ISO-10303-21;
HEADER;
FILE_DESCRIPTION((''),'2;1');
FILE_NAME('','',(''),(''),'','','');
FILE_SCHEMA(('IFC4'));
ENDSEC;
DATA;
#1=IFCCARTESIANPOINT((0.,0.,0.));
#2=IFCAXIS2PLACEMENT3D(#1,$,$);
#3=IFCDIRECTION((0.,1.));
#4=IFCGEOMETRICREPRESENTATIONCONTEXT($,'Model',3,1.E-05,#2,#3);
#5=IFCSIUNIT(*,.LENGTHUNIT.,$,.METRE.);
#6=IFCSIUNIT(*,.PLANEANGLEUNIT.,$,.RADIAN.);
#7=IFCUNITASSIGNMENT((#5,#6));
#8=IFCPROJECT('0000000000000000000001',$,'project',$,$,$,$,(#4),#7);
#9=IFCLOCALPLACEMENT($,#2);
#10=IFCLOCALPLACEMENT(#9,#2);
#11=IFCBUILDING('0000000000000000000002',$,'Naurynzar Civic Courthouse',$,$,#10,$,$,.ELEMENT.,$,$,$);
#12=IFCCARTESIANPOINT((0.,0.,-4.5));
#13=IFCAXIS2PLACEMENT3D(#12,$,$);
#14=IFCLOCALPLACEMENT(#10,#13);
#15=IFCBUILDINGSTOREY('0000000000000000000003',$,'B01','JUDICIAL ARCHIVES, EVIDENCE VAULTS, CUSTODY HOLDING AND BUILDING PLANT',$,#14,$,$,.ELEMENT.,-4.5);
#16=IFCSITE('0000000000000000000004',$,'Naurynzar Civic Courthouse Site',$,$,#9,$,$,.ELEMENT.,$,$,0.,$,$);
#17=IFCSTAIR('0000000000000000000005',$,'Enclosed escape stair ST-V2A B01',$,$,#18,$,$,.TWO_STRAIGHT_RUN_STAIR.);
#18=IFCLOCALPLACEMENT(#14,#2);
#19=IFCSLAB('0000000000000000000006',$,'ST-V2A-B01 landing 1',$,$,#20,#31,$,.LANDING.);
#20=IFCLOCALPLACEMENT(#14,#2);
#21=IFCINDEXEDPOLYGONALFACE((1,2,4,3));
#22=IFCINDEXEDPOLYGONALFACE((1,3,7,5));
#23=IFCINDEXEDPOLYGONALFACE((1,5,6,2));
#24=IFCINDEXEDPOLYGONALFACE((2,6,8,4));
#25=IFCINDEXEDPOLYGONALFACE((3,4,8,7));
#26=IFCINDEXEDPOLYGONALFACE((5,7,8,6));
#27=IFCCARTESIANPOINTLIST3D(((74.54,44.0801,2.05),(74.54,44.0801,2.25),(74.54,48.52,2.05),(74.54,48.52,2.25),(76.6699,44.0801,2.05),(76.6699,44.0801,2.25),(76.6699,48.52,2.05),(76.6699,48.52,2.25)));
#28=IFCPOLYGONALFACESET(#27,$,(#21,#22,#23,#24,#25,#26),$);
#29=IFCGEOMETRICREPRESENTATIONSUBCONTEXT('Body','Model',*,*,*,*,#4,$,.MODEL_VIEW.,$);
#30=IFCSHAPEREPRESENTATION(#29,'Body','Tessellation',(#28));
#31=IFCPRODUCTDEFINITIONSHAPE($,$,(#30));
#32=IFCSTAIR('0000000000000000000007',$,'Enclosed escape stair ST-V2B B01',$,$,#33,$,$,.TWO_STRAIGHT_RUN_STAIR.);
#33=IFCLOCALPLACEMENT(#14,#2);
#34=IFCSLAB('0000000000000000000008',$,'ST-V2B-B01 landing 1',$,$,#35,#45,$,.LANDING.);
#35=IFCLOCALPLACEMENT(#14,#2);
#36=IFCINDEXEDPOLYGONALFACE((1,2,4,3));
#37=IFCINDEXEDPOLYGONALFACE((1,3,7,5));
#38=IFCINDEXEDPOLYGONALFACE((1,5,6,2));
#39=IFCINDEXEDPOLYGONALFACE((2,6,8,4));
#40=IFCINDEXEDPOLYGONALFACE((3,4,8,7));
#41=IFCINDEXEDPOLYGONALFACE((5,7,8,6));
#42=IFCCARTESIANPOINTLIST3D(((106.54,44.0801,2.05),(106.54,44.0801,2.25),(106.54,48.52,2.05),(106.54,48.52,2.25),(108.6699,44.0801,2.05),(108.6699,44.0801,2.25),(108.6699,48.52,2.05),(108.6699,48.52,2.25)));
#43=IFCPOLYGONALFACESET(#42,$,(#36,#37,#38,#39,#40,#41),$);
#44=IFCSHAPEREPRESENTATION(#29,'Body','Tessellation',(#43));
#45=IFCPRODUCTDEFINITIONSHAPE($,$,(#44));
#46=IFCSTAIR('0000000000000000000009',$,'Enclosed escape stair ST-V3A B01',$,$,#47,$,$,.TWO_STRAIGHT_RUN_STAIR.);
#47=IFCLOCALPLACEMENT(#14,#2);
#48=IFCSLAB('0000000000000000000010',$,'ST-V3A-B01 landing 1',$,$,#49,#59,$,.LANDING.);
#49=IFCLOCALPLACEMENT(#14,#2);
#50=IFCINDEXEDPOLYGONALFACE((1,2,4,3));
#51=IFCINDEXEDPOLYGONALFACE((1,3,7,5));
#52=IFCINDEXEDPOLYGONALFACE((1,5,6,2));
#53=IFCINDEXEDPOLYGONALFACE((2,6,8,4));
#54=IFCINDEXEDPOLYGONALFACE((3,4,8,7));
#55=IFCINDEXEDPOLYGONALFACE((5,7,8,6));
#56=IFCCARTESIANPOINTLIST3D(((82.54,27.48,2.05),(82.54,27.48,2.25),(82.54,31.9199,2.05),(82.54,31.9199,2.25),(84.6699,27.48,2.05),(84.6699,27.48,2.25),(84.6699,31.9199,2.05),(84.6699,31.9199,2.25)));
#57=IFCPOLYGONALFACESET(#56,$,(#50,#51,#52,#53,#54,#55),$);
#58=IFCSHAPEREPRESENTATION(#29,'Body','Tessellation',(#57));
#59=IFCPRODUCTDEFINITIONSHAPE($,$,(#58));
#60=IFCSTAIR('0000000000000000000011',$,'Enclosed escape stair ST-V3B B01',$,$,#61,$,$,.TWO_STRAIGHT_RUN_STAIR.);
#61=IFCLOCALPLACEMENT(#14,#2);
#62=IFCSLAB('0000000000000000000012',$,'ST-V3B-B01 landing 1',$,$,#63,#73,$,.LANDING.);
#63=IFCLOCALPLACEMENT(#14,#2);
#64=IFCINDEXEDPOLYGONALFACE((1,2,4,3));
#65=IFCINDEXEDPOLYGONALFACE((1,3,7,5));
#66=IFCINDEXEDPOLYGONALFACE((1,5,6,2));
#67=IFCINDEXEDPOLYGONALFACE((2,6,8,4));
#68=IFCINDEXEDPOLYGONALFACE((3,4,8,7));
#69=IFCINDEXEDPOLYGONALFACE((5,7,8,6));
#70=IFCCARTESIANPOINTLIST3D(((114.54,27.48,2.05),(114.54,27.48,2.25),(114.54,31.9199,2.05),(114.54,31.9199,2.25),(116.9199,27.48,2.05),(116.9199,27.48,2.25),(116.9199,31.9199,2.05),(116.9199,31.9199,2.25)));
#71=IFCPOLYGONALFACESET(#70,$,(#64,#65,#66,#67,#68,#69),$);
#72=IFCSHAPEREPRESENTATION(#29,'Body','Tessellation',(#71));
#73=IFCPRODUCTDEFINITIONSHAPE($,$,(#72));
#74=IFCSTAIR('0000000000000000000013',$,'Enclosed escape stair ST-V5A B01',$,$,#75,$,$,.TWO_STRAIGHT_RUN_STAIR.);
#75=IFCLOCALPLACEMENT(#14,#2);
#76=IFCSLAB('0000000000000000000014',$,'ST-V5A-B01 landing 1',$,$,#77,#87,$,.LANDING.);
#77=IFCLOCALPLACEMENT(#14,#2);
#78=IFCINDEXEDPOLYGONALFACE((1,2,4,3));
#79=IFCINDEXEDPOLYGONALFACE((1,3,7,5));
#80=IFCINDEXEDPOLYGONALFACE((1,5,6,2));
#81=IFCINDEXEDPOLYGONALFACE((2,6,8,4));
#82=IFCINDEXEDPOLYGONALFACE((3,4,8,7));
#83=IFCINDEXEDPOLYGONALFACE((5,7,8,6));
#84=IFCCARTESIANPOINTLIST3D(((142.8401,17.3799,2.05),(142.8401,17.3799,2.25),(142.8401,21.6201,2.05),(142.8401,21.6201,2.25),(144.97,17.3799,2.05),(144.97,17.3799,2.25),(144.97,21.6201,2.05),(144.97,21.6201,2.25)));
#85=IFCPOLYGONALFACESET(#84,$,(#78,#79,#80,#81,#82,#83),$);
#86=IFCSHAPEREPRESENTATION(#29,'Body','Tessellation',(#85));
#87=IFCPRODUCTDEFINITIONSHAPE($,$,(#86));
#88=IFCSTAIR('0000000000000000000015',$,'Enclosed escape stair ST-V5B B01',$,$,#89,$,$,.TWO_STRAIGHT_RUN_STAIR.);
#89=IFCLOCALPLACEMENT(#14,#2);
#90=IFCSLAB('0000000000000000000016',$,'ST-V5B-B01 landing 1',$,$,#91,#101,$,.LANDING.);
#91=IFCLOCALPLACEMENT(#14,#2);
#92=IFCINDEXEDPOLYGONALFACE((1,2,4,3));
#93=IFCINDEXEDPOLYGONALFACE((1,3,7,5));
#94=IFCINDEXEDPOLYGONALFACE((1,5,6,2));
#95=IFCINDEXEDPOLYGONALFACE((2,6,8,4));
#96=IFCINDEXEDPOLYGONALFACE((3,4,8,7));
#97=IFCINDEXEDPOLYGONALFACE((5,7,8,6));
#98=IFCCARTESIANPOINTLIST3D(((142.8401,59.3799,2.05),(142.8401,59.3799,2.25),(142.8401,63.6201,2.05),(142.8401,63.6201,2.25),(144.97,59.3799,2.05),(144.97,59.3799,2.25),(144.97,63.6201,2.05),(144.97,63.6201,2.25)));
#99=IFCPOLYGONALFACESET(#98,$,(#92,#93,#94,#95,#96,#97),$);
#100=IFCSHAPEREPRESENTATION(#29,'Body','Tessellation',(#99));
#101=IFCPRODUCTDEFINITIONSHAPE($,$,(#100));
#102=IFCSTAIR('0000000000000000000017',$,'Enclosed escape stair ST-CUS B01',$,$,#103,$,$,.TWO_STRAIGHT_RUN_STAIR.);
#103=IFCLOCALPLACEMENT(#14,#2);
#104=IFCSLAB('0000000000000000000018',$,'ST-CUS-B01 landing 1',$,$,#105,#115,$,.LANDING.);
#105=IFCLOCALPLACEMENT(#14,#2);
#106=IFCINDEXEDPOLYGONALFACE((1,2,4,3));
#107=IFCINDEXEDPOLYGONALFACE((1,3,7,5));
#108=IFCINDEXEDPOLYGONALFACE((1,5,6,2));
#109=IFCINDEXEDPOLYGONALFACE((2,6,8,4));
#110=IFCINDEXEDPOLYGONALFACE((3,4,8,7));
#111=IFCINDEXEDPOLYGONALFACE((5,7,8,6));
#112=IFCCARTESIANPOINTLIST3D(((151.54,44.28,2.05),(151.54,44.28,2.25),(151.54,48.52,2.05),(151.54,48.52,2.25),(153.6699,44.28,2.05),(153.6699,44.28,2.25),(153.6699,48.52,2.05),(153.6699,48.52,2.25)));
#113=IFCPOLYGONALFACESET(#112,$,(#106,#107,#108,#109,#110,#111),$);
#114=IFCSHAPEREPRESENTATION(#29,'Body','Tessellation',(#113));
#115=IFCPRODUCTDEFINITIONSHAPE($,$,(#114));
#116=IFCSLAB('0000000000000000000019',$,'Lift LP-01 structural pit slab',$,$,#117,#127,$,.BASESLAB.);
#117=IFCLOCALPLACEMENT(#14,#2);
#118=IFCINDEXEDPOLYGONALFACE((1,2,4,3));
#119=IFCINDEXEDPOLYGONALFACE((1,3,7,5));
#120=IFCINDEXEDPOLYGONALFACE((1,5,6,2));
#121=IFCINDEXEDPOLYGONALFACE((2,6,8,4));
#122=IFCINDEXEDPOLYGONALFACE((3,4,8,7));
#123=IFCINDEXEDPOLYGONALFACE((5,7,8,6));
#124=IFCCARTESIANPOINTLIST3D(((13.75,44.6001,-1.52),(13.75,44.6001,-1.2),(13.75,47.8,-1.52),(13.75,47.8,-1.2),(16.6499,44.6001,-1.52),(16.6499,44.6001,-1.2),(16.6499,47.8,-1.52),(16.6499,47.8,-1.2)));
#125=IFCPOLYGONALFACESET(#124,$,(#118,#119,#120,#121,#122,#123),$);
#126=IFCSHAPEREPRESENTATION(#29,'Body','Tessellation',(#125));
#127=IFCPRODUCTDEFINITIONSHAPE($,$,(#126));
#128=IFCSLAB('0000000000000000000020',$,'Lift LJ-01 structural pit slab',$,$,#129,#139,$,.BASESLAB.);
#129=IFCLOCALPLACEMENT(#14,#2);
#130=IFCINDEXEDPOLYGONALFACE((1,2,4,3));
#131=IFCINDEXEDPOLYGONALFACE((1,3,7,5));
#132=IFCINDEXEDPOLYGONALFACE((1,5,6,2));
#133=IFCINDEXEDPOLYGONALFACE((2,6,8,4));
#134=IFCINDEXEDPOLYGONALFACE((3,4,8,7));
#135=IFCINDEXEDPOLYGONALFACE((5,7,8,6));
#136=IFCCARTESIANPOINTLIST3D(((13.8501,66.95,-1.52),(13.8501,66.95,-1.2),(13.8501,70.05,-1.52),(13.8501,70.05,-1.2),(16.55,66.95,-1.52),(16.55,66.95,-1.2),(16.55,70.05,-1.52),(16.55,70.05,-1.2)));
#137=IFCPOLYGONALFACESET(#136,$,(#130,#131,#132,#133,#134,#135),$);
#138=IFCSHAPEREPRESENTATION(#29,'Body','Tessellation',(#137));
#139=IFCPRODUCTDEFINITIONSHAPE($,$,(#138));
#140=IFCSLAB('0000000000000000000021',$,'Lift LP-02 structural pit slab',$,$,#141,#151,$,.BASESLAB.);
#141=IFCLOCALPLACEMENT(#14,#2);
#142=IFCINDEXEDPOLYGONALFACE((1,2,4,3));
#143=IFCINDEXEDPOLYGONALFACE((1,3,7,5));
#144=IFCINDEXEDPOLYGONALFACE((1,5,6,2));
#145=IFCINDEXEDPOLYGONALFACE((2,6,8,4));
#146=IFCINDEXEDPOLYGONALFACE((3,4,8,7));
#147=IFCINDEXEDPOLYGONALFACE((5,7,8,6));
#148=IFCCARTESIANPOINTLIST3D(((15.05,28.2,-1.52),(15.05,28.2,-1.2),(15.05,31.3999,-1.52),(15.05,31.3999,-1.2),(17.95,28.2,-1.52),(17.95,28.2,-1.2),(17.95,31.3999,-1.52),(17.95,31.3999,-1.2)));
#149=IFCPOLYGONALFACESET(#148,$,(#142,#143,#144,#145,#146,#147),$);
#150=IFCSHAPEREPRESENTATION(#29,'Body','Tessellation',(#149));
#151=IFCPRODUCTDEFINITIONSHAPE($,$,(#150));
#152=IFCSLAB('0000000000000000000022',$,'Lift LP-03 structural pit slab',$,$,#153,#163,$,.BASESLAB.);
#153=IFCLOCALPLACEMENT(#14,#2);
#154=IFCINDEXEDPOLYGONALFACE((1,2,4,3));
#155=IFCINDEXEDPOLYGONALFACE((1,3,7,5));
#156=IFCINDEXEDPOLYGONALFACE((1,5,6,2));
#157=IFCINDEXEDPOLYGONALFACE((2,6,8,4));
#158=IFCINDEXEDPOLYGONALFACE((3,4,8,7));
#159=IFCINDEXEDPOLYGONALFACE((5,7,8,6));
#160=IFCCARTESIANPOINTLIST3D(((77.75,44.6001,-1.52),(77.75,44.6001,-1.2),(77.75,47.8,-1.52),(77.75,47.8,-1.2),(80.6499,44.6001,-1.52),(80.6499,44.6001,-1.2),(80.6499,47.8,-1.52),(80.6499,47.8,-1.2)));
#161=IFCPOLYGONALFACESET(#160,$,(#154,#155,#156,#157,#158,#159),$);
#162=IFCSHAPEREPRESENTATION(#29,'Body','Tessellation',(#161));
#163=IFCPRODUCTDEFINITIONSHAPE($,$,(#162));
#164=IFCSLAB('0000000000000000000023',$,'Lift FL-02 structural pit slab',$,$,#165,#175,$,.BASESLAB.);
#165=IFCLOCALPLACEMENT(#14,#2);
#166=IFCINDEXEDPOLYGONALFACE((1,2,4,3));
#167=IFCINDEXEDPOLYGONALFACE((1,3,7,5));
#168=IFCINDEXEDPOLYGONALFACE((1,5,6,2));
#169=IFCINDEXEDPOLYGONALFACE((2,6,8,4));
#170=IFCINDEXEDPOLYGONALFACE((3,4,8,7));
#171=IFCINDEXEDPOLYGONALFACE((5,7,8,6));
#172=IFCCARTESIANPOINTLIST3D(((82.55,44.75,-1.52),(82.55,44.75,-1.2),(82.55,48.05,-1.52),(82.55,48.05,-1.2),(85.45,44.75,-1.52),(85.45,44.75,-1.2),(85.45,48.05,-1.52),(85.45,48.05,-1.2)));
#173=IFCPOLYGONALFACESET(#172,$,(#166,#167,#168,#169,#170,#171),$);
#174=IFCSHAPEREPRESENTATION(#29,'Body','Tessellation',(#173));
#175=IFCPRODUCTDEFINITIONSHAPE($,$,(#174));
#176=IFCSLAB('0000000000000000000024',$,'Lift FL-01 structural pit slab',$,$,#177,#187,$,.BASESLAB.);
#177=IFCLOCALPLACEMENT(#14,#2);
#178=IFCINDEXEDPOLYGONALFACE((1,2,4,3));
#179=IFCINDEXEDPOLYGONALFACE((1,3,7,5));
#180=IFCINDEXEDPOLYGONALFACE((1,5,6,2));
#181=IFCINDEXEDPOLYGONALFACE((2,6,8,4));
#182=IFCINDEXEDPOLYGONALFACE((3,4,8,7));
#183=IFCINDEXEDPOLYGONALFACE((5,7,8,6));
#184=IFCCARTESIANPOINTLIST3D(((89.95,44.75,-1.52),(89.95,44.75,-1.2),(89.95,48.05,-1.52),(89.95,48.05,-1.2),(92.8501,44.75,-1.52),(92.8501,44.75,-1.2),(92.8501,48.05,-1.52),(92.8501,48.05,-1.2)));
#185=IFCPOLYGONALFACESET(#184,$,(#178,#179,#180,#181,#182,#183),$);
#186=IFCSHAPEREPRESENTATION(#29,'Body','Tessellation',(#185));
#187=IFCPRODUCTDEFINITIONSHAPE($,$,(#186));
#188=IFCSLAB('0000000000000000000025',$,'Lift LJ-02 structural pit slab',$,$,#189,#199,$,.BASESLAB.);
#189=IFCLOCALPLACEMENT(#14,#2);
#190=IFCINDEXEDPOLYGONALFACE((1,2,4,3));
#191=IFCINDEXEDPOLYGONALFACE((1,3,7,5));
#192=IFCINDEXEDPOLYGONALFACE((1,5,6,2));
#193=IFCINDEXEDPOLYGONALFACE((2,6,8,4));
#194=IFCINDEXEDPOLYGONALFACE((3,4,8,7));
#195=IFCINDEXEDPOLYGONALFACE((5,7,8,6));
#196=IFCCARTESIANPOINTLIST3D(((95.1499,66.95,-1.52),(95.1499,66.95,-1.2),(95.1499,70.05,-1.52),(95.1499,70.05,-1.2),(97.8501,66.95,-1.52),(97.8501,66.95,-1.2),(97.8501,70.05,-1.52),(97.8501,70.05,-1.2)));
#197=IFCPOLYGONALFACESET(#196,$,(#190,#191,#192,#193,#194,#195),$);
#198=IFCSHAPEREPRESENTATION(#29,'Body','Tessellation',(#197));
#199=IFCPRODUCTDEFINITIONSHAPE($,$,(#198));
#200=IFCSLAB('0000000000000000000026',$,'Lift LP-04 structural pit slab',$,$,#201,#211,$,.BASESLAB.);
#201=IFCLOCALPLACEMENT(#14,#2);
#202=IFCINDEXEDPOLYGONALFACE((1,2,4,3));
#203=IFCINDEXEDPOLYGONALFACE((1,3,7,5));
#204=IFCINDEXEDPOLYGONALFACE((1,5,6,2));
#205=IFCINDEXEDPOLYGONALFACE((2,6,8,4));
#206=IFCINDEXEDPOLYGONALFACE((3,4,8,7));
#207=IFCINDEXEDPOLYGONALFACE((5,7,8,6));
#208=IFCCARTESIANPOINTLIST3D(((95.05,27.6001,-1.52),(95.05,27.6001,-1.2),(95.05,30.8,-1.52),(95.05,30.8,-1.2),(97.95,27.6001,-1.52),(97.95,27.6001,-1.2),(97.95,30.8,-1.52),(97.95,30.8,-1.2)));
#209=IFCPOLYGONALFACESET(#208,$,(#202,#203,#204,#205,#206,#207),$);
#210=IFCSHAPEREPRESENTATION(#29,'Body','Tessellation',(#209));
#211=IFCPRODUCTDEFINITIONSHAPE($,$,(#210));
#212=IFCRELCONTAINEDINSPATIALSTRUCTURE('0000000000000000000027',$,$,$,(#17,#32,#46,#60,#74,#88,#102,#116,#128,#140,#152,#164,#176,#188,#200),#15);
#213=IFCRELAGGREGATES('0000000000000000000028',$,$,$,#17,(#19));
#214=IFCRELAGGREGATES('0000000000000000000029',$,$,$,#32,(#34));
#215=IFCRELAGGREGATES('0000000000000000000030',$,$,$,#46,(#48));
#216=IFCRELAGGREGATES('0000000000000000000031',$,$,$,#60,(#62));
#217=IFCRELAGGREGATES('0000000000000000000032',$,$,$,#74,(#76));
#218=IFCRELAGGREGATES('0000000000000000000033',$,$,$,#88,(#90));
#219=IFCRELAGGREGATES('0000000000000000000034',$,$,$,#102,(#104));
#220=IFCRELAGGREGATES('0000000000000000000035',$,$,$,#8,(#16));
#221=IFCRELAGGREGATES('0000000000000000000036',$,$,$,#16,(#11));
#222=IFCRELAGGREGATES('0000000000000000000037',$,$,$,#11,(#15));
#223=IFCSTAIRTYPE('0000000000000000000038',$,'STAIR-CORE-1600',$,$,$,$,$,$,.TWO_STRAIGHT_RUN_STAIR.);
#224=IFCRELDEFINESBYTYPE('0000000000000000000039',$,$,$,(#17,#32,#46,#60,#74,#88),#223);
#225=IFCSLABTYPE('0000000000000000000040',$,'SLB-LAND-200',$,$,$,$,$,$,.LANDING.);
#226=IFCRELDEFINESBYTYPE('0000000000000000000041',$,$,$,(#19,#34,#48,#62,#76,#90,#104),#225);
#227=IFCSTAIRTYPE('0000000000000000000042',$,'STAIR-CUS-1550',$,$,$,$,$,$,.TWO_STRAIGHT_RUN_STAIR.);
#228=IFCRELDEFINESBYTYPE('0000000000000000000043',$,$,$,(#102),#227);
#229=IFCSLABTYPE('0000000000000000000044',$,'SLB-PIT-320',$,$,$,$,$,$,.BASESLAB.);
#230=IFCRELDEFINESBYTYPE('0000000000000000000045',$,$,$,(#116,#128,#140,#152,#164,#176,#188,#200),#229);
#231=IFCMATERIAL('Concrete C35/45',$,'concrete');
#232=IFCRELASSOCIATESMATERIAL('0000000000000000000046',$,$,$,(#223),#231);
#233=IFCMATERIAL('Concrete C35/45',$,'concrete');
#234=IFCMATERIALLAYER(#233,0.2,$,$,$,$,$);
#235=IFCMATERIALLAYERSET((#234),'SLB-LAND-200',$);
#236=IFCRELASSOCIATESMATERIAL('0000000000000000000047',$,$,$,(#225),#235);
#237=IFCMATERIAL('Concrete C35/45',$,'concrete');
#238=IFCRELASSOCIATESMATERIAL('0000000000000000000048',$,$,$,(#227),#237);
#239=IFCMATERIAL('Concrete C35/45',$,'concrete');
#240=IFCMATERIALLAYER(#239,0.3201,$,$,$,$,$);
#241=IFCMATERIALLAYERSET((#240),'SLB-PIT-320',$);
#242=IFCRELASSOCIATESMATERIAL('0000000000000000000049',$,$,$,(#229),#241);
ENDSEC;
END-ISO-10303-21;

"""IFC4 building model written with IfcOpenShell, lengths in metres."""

from ifc_helpers import new_model, si_unit, direction, frame, origin, place, context, subcontext, project, spatial, polyline, outline, extrude, material, layer, layer_set, type_object, element, aggregate, save


model = new_model("IFC4")

# Units and contexts
model_context = context("Model", 3, precision=1e-05, world=origin(), true_north=direction((0.0, 1.0)))
body_context = subcontext(model_context, "Body", "Model", "MODEL_VIEW")
ifc_project = project(units=[si_unit("LENGTHUNIT", "METRE"), si_unit("PLANEANGLEUNIT", "RADIAN")], contexts=[model_context])

# Site, building, storey
site_placement = place(None, origin())
site = spatial("IfcSite", under=ifc_project, at=site_placement, Name="Naurynzar Civic Courthouse Site", CompositionType="ELEMENT", RefElevation=0.0)
building_placement = place(site_placement, origin())
building = spatial("IfcBuilding", under=site, at=building_placement, Name="Naurynzar Civic Courthouse", CompositionType="ELEMENT")
storey_placement = place(building_placement, frame((0.0, 0.0, -4.5)))
storey = spatial("IfcBuildingStorey", under=building, at=storey_placement, Name="B01", Description="JUDICIAL ARCHIVES, EVIDENCE VAULTS, CUSTODY HOLDING AND BUILDING PLANT", CompositionType="ELEMENT", Elevation=-4.5)

# Stairs, slabs
ifc_material_1 = material(Name="Concrete C35/45", Category="concrete")
stair_type_1 = type_object("IfcStairType", Name="STAIR-CORE-1600", PredefinedType="TWO_STRAIGHT_RUN_STAIR", material=ifc_material_1)
ifc_material_2 = material(Name="Concrete C35/45", Category="concrete")
ifc_layer_1 = layer(ifc_material_2, 0.2)
ifc_layer_set_1 = layer_set([ifc_layer_1], Name="SLB-LAND-200")
slab_type_1 = type_object("IfcSlabType", Name="SLB-LAND-200", PredefinedType="LANDING", material=ifc_layer_set_1)
stair_1_placement = place(storey_placement, origin())
stair_1 = element("IfcStair", 1, at=stair_1_placement, inside=storey, type_object=stair_type_1, Name="Enclosed escape stair ST-V2A B01", PredefinedType="TWO_STRAIGHT_RUN_STAIR")
slab_1_placement = place(storey_placement, frame((0.0, 0.0, 2.05)))
slab_1 = element("IfcSlab", 2, at=slab_1_placement, type_object=slab_type_1, Name="ST-V2A-B01 landing 1", PredefinedType="LANDING", context=body_context, shape_type="SweptSolid", body=[
    extrude(outline(polyline([(74.54, 44.0801), (76.6699, 44.0801), (76.6699, 48.52), (74.54, 48.52), (74.54, 44.0801)])), origin(), (0.0, 0.0, 1.0), 0.2),
])
aggregate(stair_1, [slab_1])
stair_2_placement = place(storey_placement, origin())
stair_2 = element("IfcStair", 3, at=stair_2_placement, inside=storey, type_object=stair_type_1, Name="Enclosed escape stair ST-V2B B01", PredefinedType="TWO_STRAIGHT_RUN_STAIR")
slab_2_placement = place(storey_placement, frame((0.0, 0.0, 2.05)))
slab_2 = element("IfcSlab", 4, at=slab_2_placement, type_object=slab_type_1, Name="ST-V2B-B01 landing 1", PredefinedType="LANDING", context=body_context, shape_type="SweptSolid", body=[
    extrude(outline(polyline([(106.54, 44.0801), (108.6699, 44.0801), (108.6699, 48.52), (106.54, 48.52), (106.54, 44.0801)])), origin(), (0.0, 0.0, 1.0), 0.2),
])
aggregate(stair_2, [slab_2])
stair_3_placement = place(storey_placement, origin())
stair_3 = element("IfcStair", 5, at=stair_3_placement, inside=storey, type_object=stair_type_1, Name="Enclosed escape stair ST-V3A B01", PredefinedType="TWO_STRAIGHT_RUN_STAIR")
slab_3_placement = place(storey_placement, frame((0.0, 0.0, 2.05)))
slab_3 = element("IfcSlab", 6, at=slab_3_placement, type_object=slab_type_1, Name="ST-V3A-B01 landing 1", PredefinedType="LANDING", context=body_context, shape_type="SweptSolid", body=[
    extrude(outline(polyline([(82.54, 27.48), (84.6699, 27.48), (84.6699, 31.9199), (82.54, 31.9199), (82.54, 27.48)])), origin(), (0.0, 0.0, 1.0), 0.2),
])
aggregate(stair_3, [slab_3])
stair_4_placement = place(storey_placement, origin())
stair_4 = element("IfcStair", 7, at=stair_4_placement, inside=storey, type_object=stair_type_1, Name="Enclosed escape stair ST-V3B B01", PredefinedType="TWO_STRAIGHT_RUN_STAIR")
slab_4_placement = place(storey_placement, frame((0.0, 0.0, 2.05)))
slab_4 = element("IfcSlab", 8, at=slab_4_placement, type_object=slab_type_1, Name="ST-V3B-B01 landing 1", PredefinedType="LANDING", context=body_context, shape_type="SweptSolid", body=[
    extrude(outline(polyline([(114.54, 27.48), (116.9199, 27.48), (116.9199, 31.9199), (114.54, 31.9199), (114.54, 27.48)])), origin(), (0.0, 0.0, 1.0), 0.2),
])
aggregate(stair_4, [slab_4])
stair_5_placement = place(storey_placement, origin())
stair_5 = element("IfcStair", 9, at=stair_5_placement, inside=storey, type_object=stair_type_1, Name="Enclosed escape stair ST-V5A B01", PredefinedType="TWO_STRAIGHT_RUN_STAIR")
slab_5_placement = place(storey_placement, frame((0.0, 0.0, 2.05)))
slab_5 = element("IfcSlab", 10, at=slab_5_placement, type_object=slab_type_1, Name="ST-V5A-B01 landing 1", PredefinedType="LANDING", context=body_context, shape_type="SweptSolid", body=[
    extrude(outline(polyline([(142.8401, 17.3799), (144.97, 17.3799), (144.97, 21.6201), (142.8401, 21.6201), (142.8401, 17.3799)])), origin(), (0.0, 0.0, 1.0), 0.2),
])
aggregate(stair_5, [slab_5])
stair_6_placement = place(storey_placement, origin())
stair_6 = element("IfcStair", 11, at=stair_6_placement, inside=storey, type_object=stair_type_1, Name="Enclosed escape stair ST-V5B B01", PredefinedType="TWO_STRAIGHT_RUN_STAIR")
slab_6_placement = place(storey_placement, frame((0.0, 0.0, 2.05)))
slab_6 = element("IfcSlab", 12, at=slab_6_placement, type_object=slab_type_1, Name="ST-V5B-B01 landing 1", PredefinedType="LANDING", context=body_context, shape_type="SweptSolid", body=[
    extrude(outline(polyline([(142.8401, 59.3799), (144.97, 59.3799), (144.97, 63.6201), (142.8401, 63.6201), (142.8401, 59.3799)])), origin(), (0.0, 0.0, 1.0), 0.2),
])
aggregate(stair_6, [slab_6])
ifc_material_3 = material(Name="Concrete C35/45", Category="concrete")
stair_type_2 = type_object("IfcStairType", Name="STAIR-CUS-1550", PredefinedType="TWO_STRAIGHT_RUN_STAIR", material=ifc_material_3)
stair_7_placement = place(storey_placement, origin())
stair_7 = element("IfcStair", 13, at=stair_7_placement, inside=storey, type_object=stair_type_2, Name="Enclosed escape stair ST-CUS B01", PredefinedType="TWO_STRAIGHT_RUN_STAIR")
slab_7_placement = place(storey_placement, frame((0.0, 0.0, 2.05)))
slab_7 = element("IfcSlab", 14, at=slab_7_placement, type_object=slab_type_1, Name="ST-CUS-B01 landing 1", PredefinedType="LANDING", context=body_context, shape_type="SweptSolid", body=[
    extrude(outline(polyline([(151.54, 44.28), (153.6699, 44.28), (153.6699, 48.52), (151.54, 48.52), (151.54, 44.28)])), origin(), (0.0, 0.0, 1.0), 0.2),
])
aggregate(stair_7, [slab_7])

# Slabs
ifc_material_4 = material(Name="Concrete C35/45", Category="concrete")
ifc_layer_2 = layer(ifc_material_4, 0.3201)
ifc_layer_set_2 = layer_set([ifc_layer_2], Name="SLB-PIT-320")
slab_type_2 = type_object("IfcSlabType", Name="SLB-PIT-320", PredefinedType="BASESLAB", material=ifc_layer_set_2)
slab_8_placement = place(storey_placement, frame((0.0, 0.0, -1.52)))
element("IfcSlab", 15, at=slab_8_placement, inside=storey, type_object=slab_type_2, Name="Lift LP-01 structural pit slab", PredefinedType="BASESLAB", context=body_context, shape_type="SweptSolid", body=[
    extrude(outline(polyline([(13.75, 44.6001), (16.6499, 44.6001), (16.6499, 47.8), (13.75, 47.8), (13.75, 44.6001)])), origin(), (0.0, 0.0, 1.0), 0.3201),
])
slab_9_placement = place(storey_placement, frame((0.0, 0.0, -1.52)))
element("IfcSlab", 16, at=slab_9_placement, inside=storey, type_object=slab_type_2, Name="Lift LJ-01 structural pit slab", PredefinedType="BASESLAB", context=body_context, shape_type="SweptSolid", body=[
    extrude(outline(polyline([(13.8501, 66.95), (16.55, 66.95), (16.55, 70.05), (13.8501, 70.05), (13.8501, 66.95)])), origin(), (0.0, 0.0, 1.0), 0.3201),
])
slab_10_placement = place(storey_placement, frame((0.0, 0.0, -1.52)))
element("IfcSlab", 17, at=slab_10_placement, inside=storey, type_object=slab_type_2, Name="Lift LP-02 structural pit slab", PredefinedType="BASESLAB", context=body_context, shape_type="SweptSolid", body=[
    extrude(outline(polyline([(15.05, 28.2), (17.95, 28.2), (17.95, 31.3999), (15.05, 31.3999), (15.05, 28.2)])), origin(), (0.0, 0.0, 1.0), 0.3201),
])
slab_11_placement = place(storey_placement, frame((0.0, 0.0, -1.52)))
element("IfcSlab", 18, at=slab_11_placement, inside=storey, type_object=slab_type_2, Name="Lift LP-03 structural pit slab", PredefinedType="BASESLAB", context=body_context, shape_type="SweptSolid", body=[
    extrude(outline(polyline([(77.75, 44.6001), (80.6499, 44.6001), (80.6499, 47.8), (77.75, 47.8), (77.75, 44.6001)])), origin(), (0.0, 0.0, 1.0), 0.3201),
])
slab_12_placement = place(storey_placement, frame((0.0, 0.0, -1.52)))
element("IfcSlab", 19, at=slab_12_placement, inside=storey, type_object=slab_type_2, Name="Lift FL-02 structural pit slab", PredefinedType="BASESLAB", context=body_context, shape_type="SweptSolid", body=[
    extrude(outline(polyline([(82.55, 44.75), (85.45, 44.75), (85.45, 48.05), (82.55, 48.05), (82.55, 44.75)])), origin(), (0.0, 0.0, 1.0), 0.3201),
])
slab_13_placement = place(storey_placement, frame((0.0, 0.0, -1.52)))
element("IfcSlab", 20, at=slab_13_placement, inside=storey, type_object=slab_type_2, Name="Lift FL-01 structural pit slab", PredefinedType="BASESLAB", context=body_context, shape_type="SweptSolid", body=[
    extrude(outline(polyline([(89.95, 44.75), (92.8501, 44.75), (92.8501, 48.05), (89.95, 48.05), (89.95, 44.75)])), origin(), (0.0, 0.0, 1.0), 0.3201),
])
slab_14_placement = place(storey_placement, frame((0.0, 0.0, -1.52)))
element("IfcSlab", 21, at=slab_14_placement, inside=storey, type_object=slab_type_2, Name="Lift LJ-02 structural pit slab", PredefinedType="BASESLAB", context=body_context, shape_type="SweptSolid", body=[
    extrude(outline(polyline([(95.1499, 66.95), (97.8501, 66.95), (97.8501, 70.05), (95.1499, 70.05), (95.1499, 66.95)])), origin(), (0.0, 0.0, 1.0), 0.3201),
])
slab_15_placement = place(storey_placement, frame((0.0, 0.0, -1.52)))
element("IfcSlab", 22, at=slab_15_placement, inside=storey, type_object=slab_type_2, Name="Lift LP-04 structural pit slab", PredefinedType="BASESLAB", context=body_context, shape_type="SweptSolid", body=[
    extrude(outline(polyline([(95.05, 27.6001), (97.95, 27.6001), (97.95, 30.8), (95.05, 30.8), (95.05, 27.6001)])), origin(), (0.0, 0.0, 1.0), 0.3201),
])

save(model, "model.ifc")
